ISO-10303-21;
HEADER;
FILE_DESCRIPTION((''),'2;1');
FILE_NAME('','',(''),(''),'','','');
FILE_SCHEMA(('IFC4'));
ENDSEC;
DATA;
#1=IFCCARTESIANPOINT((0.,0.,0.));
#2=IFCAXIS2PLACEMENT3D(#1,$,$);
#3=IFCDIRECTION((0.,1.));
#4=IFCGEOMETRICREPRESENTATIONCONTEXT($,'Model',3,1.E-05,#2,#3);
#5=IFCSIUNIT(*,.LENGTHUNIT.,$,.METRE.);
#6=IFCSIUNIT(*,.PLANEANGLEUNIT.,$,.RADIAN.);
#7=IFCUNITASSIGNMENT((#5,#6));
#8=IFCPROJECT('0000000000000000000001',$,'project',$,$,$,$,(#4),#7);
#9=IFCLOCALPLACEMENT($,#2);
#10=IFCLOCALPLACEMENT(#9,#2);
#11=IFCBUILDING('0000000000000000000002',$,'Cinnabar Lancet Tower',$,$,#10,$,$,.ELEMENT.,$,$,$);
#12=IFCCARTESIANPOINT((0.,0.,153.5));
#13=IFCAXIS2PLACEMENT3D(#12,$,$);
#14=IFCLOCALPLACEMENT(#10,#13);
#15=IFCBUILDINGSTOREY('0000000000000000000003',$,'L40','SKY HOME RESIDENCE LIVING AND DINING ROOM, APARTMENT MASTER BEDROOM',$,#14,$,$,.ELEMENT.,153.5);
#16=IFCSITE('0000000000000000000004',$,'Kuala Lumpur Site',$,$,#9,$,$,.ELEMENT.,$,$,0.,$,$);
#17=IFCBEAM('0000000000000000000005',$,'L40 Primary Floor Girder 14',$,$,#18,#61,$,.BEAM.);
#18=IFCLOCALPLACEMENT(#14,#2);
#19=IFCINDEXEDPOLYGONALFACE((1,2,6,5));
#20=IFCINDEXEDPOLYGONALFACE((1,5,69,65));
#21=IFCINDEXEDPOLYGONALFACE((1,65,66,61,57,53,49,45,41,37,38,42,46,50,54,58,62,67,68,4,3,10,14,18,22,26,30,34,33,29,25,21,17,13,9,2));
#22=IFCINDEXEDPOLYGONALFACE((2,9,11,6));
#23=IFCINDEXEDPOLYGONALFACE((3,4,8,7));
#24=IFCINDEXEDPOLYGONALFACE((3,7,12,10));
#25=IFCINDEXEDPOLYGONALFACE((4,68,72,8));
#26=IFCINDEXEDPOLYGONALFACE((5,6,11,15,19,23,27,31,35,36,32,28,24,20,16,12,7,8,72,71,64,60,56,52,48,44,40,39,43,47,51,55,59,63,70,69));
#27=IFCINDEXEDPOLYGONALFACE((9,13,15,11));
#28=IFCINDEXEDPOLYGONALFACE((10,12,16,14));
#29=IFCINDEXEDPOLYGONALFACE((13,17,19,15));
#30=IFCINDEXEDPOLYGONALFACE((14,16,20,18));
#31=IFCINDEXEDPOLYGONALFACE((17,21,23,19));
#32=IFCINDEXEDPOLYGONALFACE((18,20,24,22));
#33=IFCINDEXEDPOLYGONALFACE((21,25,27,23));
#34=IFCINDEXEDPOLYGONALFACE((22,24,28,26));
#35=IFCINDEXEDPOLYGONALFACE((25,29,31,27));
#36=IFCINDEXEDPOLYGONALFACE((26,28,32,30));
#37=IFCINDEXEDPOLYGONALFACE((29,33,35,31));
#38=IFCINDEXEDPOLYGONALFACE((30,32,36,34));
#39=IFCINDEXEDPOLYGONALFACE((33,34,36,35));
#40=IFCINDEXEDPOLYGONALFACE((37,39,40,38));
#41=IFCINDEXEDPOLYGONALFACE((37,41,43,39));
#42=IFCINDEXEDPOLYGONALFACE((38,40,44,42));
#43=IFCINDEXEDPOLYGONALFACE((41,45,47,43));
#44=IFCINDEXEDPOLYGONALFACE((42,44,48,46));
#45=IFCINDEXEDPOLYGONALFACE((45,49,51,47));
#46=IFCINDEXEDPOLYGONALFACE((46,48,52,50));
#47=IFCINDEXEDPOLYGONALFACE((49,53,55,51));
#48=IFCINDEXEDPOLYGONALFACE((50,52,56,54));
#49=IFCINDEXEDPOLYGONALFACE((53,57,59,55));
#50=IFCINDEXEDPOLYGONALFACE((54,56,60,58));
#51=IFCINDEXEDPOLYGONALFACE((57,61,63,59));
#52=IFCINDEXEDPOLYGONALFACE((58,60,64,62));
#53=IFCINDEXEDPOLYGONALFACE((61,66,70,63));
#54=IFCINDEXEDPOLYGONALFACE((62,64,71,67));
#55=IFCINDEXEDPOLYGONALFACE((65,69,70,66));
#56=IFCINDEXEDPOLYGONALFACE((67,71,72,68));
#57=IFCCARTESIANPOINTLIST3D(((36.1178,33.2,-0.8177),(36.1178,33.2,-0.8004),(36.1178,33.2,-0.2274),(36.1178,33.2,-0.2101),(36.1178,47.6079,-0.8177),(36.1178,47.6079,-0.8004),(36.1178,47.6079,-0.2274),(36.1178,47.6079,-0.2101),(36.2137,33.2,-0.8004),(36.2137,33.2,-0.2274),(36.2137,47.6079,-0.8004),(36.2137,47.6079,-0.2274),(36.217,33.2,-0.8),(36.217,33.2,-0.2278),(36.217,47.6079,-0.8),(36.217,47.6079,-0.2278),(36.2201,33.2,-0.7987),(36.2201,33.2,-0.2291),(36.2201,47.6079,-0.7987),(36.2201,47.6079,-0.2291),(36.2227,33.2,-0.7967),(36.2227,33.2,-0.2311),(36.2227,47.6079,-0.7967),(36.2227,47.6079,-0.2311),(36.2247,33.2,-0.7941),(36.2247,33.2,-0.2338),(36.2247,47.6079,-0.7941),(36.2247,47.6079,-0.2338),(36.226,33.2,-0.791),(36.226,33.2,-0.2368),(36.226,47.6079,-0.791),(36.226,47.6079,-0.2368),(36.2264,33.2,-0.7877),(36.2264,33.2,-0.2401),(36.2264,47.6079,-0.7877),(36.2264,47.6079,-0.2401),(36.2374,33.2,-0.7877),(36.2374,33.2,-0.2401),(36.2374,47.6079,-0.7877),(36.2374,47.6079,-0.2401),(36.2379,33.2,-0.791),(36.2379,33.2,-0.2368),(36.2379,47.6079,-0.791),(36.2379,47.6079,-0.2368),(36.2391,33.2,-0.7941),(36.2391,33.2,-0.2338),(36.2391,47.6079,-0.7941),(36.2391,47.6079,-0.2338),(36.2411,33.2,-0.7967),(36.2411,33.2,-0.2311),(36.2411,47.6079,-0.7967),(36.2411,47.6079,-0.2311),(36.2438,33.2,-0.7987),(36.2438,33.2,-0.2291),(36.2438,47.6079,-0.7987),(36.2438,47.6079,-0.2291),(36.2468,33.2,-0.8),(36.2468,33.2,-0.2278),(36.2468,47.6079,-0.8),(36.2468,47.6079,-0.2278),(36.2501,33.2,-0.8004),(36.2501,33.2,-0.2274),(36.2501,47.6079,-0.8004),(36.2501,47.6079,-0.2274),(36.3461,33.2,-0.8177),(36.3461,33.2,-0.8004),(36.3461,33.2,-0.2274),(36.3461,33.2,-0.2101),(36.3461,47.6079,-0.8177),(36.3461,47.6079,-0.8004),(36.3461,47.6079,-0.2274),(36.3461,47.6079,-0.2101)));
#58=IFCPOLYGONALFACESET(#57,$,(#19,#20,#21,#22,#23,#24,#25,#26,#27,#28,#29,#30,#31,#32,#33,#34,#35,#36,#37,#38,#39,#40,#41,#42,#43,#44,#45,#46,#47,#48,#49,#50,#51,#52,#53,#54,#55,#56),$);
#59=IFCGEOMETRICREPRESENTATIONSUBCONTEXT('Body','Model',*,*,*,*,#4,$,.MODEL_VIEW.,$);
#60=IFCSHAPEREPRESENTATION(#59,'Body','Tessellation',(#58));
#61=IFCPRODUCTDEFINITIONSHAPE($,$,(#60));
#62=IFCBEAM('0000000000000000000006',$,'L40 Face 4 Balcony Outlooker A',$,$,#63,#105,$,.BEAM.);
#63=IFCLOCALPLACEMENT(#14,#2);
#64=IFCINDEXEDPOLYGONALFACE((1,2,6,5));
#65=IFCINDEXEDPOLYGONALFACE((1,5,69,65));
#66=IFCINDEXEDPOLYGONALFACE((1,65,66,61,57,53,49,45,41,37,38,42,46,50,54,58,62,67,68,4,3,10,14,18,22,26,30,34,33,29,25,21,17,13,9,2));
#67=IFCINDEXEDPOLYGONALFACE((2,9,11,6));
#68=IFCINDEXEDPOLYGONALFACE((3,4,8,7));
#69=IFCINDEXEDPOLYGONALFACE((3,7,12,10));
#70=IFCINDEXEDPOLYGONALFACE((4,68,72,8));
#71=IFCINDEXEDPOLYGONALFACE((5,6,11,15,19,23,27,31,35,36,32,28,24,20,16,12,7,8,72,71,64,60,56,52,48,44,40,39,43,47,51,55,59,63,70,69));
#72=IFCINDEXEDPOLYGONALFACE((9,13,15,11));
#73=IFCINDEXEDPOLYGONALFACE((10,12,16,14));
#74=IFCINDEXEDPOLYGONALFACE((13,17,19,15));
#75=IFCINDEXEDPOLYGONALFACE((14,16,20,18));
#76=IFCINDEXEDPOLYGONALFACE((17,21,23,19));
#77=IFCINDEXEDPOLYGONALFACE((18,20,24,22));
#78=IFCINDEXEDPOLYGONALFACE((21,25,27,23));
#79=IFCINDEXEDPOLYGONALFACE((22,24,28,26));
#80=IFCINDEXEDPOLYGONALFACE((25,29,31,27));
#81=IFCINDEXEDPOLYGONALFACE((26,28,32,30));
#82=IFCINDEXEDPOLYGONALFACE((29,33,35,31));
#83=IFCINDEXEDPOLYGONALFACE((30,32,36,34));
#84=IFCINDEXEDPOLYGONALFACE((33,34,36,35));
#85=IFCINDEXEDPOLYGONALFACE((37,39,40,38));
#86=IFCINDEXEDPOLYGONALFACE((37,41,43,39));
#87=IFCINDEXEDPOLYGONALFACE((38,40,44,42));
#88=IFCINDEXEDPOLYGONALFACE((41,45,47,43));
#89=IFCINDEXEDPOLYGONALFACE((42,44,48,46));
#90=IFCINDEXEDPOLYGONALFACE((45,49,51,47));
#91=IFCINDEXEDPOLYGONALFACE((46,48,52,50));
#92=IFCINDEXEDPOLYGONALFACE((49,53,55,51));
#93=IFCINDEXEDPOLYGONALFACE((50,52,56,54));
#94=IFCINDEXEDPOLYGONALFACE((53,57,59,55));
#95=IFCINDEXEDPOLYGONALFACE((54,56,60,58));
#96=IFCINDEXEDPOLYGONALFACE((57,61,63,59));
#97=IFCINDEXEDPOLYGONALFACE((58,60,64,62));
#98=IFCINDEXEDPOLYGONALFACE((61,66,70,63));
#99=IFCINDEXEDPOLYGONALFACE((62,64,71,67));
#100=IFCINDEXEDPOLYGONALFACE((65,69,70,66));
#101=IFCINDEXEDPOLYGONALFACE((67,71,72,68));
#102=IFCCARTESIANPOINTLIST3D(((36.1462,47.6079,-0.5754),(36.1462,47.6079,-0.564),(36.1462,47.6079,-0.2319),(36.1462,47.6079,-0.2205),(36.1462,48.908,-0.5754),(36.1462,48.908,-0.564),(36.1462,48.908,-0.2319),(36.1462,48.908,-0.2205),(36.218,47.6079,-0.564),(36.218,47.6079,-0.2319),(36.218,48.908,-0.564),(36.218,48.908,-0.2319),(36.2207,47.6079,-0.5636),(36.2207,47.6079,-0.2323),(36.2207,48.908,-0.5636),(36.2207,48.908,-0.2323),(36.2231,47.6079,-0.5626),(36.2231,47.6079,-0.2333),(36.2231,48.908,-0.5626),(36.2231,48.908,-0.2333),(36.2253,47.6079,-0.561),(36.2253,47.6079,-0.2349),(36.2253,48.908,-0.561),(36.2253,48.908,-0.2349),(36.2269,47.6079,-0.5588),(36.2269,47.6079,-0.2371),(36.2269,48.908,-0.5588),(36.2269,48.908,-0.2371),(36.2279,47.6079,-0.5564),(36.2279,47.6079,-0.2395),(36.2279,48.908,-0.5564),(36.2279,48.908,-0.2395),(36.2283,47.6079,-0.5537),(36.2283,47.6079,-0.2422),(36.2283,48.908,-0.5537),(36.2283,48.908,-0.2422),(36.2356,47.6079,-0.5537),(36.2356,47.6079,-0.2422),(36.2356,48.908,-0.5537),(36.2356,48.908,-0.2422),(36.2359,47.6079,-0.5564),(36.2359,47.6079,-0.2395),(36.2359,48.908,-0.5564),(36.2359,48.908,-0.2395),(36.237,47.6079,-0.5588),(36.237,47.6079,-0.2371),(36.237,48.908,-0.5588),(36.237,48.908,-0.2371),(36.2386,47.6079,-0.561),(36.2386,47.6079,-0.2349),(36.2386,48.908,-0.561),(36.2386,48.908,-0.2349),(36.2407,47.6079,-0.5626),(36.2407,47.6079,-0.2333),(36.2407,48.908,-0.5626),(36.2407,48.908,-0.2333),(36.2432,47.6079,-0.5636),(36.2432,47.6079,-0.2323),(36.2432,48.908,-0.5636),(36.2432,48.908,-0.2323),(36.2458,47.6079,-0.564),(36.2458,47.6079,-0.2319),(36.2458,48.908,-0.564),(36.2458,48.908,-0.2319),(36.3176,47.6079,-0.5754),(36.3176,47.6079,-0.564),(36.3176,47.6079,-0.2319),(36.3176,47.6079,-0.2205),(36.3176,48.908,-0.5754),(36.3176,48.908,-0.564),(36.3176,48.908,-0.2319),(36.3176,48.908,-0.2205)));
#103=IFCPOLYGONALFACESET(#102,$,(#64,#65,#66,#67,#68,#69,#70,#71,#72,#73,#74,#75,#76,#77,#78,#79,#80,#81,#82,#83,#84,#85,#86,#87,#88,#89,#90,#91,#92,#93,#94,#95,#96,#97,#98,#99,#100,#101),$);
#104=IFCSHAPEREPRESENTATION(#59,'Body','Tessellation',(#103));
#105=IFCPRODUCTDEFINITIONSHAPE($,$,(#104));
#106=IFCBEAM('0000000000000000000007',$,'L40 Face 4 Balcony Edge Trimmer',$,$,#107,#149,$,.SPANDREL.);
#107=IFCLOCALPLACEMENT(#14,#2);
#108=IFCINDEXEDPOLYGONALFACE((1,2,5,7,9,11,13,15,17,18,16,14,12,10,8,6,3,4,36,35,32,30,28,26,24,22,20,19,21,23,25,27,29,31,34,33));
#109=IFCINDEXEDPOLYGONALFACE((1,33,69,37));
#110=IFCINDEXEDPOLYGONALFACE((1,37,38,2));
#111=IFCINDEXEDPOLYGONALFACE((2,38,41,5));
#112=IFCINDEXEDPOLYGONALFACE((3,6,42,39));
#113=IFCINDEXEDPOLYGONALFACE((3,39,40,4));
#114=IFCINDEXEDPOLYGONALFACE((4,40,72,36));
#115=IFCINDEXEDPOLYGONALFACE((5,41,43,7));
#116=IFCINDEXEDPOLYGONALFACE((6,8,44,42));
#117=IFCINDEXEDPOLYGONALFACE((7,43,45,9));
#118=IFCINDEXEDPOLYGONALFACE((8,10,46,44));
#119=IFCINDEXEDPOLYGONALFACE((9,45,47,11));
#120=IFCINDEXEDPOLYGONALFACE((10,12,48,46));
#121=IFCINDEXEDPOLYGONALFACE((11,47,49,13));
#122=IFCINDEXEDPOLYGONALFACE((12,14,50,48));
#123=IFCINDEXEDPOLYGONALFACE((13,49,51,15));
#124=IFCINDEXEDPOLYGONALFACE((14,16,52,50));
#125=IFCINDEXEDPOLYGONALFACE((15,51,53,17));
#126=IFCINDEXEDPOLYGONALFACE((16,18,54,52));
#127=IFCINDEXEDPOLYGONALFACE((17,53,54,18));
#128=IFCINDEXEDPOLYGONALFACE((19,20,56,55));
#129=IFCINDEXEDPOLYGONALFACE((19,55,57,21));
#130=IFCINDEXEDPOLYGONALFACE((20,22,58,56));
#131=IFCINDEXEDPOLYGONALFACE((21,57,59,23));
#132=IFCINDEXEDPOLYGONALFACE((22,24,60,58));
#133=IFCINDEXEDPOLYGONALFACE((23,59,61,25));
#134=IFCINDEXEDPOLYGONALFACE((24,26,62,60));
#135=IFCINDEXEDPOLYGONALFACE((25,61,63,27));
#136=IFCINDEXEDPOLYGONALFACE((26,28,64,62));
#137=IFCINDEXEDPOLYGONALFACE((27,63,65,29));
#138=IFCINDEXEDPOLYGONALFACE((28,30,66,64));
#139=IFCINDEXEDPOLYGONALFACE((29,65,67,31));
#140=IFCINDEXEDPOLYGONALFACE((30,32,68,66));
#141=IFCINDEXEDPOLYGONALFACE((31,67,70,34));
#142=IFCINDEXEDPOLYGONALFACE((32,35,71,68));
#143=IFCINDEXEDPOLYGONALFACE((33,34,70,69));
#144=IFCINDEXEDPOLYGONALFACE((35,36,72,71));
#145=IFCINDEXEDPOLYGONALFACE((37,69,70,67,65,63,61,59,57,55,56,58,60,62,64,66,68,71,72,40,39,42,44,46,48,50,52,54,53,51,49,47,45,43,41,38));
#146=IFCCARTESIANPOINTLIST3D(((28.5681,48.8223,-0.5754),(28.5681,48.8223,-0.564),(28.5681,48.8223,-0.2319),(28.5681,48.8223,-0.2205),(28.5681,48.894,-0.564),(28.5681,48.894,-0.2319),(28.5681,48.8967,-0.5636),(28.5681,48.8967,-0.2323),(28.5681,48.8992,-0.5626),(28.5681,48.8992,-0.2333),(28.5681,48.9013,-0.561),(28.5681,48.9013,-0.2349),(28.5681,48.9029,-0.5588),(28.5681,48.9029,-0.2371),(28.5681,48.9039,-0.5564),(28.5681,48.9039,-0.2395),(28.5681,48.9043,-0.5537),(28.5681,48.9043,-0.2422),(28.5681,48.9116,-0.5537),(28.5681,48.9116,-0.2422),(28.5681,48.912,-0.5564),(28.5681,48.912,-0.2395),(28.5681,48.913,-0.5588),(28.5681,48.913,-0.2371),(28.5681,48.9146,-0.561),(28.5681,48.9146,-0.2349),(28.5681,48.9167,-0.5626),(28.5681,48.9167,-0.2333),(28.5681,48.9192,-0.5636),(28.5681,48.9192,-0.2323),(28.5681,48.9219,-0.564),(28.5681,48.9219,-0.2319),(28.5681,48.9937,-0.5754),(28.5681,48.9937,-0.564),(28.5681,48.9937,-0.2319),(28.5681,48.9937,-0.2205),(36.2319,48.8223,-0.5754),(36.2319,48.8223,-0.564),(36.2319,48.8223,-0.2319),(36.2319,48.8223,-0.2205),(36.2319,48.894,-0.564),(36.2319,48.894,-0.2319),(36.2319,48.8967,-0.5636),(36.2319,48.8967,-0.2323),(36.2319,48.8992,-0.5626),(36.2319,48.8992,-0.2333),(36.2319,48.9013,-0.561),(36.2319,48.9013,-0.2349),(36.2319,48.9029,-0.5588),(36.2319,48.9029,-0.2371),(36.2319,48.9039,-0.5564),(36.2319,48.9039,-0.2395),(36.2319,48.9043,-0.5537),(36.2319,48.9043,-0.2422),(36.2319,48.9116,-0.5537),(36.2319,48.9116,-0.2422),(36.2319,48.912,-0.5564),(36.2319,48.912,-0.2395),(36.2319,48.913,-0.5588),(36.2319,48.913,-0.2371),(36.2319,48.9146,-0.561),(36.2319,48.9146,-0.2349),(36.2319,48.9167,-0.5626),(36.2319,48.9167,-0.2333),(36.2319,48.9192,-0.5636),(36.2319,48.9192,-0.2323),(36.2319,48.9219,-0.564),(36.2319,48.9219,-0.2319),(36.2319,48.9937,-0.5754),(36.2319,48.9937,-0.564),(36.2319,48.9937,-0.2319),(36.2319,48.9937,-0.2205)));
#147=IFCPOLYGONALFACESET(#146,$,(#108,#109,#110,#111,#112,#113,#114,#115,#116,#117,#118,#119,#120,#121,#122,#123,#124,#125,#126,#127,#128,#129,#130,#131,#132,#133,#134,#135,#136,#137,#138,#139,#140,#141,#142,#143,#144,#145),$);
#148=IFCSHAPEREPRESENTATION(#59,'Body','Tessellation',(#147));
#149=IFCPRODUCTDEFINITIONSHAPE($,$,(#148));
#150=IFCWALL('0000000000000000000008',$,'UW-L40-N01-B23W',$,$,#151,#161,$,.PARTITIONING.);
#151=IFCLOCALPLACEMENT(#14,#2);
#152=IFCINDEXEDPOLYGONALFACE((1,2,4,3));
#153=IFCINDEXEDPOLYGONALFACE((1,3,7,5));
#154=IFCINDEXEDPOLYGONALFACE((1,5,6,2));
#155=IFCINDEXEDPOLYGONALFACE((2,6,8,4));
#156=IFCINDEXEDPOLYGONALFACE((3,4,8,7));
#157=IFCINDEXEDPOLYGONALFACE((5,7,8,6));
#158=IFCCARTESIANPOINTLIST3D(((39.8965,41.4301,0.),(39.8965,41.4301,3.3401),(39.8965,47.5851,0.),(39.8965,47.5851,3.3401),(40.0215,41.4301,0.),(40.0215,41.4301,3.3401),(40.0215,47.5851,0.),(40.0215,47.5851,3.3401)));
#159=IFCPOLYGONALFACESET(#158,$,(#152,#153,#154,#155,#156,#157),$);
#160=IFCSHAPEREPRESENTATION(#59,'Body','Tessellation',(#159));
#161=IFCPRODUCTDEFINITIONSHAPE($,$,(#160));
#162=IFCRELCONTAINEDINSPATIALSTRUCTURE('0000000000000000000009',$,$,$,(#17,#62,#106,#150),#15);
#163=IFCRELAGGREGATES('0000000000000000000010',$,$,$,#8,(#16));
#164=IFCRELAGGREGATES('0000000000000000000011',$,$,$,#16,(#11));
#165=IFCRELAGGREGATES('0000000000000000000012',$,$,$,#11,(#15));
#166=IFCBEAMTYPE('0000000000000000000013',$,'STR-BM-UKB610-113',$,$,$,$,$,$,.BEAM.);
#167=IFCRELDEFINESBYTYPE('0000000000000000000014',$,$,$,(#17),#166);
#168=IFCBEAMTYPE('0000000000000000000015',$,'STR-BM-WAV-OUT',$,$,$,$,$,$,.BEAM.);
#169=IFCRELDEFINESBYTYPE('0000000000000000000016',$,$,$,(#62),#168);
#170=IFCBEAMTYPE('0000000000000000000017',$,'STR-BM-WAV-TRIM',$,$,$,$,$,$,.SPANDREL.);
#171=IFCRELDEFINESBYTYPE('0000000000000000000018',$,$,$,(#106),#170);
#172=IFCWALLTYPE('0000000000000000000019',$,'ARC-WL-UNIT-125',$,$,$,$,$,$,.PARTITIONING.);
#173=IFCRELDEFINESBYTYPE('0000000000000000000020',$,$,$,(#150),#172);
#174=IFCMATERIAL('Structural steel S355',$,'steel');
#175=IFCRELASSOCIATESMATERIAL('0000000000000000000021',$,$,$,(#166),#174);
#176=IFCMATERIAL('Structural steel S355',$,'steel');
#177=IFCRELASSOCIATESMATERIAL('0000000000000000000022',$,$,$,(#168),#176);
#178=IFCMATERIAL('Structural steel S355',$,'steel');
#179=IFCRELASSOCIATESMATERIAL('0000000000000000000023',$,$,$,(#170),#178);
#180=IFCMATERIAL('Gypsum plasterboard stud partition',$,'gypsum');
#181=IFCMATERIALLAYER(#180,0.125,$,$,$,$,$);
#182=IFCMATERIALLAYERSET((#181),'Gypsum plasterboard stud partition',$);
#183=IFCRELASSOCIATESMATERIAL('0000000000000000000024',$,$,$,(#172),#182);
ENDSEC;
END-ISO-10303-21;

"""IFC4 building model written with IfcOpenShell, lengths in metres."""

from ifc_helpers import new_model, si_unit, direction, frame, frame_2d, origin, origin_2d, place, context, subcontext, project, spatial, rectangle, i_section, extrude, material, layer, layer_set, material_profile, profile_set, type_object, element, save


model = new_model("IFC4")

# Units and contexts
model_context = context("Model", 3, precision=1e-05, world=origin(), true_north=direction((0.0, 1.0)))
body_context = subcontext(model_context, "Body", "Model", "MODEL_VIEW")
ifc_project = project(units=[si_unit("LENGTHUNIT", "METRE"), si_unit("PLANEANGLEUNIT", "RADIAN")], contexts=[model_context])

# Site, building, storey
site_placement = place(None, origin())
site = spatial("IfcSite", under=ifc_project, at=site_placement, Name="Kuala Lumpur Site", CompositionType="ELEMENT", RefElevation=0.0)
building_placement = place(site_placement, origin())
building = spatial("IfcBuilding", under=site, at=building_placement, Name="Cinnabar Lancet Tower", CompositionType="ELEMENT")
storey_placement = place(building_placement, frame((0.0, 0.0, 153.5)))
storey = spatial("IfcBuildingStorey", under=building, at=storey_placement, Name="L40", Description="SKY HOME RESIDENCE LIVING AND DINING ROOM, APARTMENT MASTER BEDROOM", CompositionType="ELEMENT", Elevation=153.5)

# Beams
ifc_material_1 = material(Name="Structural steel S355", Category="steel")
ifc_material_profile_1 = material_profile(ifc_material_1, i_section(OverallWidth=0.2283, OverallDepth=0.6077, WebThickness=0.011, FlangeThickness=0.0173, FilletRadius=0.0127, at=origin_2d()), Name="UKB 610x229x113")
ifc_profile_set_1 = profile_set([ifc_material_profile_1], Name="Structural steel S355")
beam_type_1 = type_object("IfcBeamType", Name="STR-BM-UKB610-113", PredefinedType="BEAM", material=ifc_profile_set_1)
beam_1_placement = place(storey_placement, frame((36.2319, 47.6079, -0.5139), z_axis=(0.0, -1.0, 0.0), x_axis=(1.0, 0.0, 0.0)))
element("IfcBeam", 1, at=beam_1_placement, inside=storey, type_object=beam_type_1, Name="L40 Primary Floor Girder 14", PredefinedType="BEAM", context=body_context, shape_type="SweptSolid", body=[
    extrude(i_section(OverallWidth=0.2283, OverallDepth=0.6077, WebThickness=0.011, FlangeThickness=0.0173, FilletRadius=0.0127, at=origin_2d()), origin(), (0.0, 0.0, 1.0), 14.408),
])
ifc_material_2 = material(Name="Structural steel S355", Category="steel")
ifc_material_profile_2 = material_profile(ifc_material_2, i_section(OverallWidth=0.1714, OverallDepth=0.355, WebThickness=0.0073, FlangeThickness=0.0115, FilletRadius=0.0103, at=origin_2d()), Name="UKB 356x171x51")
ifc_profile_set_2 = profile_set([ifc_material_profile_2], Name="Structural steel S355")
beam_type_2 = type_object("IfcBeamType", Name="STR-BM-WAV-OUT", PredefinedType="BEAM", material=ifc_profile_set_2)
beam_2_placement = place(storey_placement, frame((36.2319, 47.6079, -0.3979), z_axis=(0.0, 1.0, 0.0), x_axis=(-1.0, 0.0, 0.0)))
element("IfcBeam", 2, at=beam_2_placement, inside=storey, type_object=beam_type_2, Name="L40 Face 4 Balcony Outlooker A", PredefinedType="BEAM", context=body_context, shape_type="SweptSolid", body=[
    extrude(i_section(OverallWidth=0.1714, OverallDepth=0.355, WebThickness=0.0073, FlangeThickness=0.0115, FilletRadius=0.0103, at=origin_2d()), origin(), (0.0, 0.0, 1.0), 1.3),
])
ifc_material_3 = material(Name="Structural steel S355", Category="steel")
ifc_material_profile_3 = material_profile(ifc_material_3, i_section(OverallWidth=0.1714, OverallDepth=0.355, WebThickness=0.0073, FlangeThickness=0.0115, FilletRadius=0.0103, at=origin_2d()), Name="UKB 356x171x51")
ifc_profile_set_3 = profile_set([ifc_material_profile_3], Name="Structural steel S355")
beam_type_3 = type_object("IfcBeamType", Name="STR-BM-WAV-TRIM", PredefinedType="SPANDREL", material=ifc_profile_set_3)
beam_3_placement = place(storey_placement, frame((36.2319, 48.908, -0.3979), z_axis=(-1.0, 0.0, 0.0), x_axis=(0.0, -1.0, 0.0)))
element("IfcBeam", 3, at=beam_3_placement, inside=storey, type_object=beam_type_3, Name="L40 Face 4 Balcony Edge Trimmer", PredefinedType="SPANDREL", context=body_context, shape_type="SweptSolid", body=[
    extrude(i_section(OverallWidth=0.1714, OverallDepth=0.355, WebThickness=0.0073, FlangeThickness=0.0115, FilletRadius=0.0103, at=origin_2d()), origin(), (0.0, 0.0, 1.0), 7.6638),
])

# Shared definitions
ifc_material_4 = material(Name="Gypsum plasterboard stud partition", Category="gypsum")
ifc_layer_1 = layer(ifc_material_4, 0.125)
ifc_layer_set_1 = layer_set([ifc_layer_1], Name="Gypsum plasterboard stud partition")
wall_type_1 = type_object("IfcWallType", Name="ARC-WL-UNIT-125", PredefinedType="PARTITIONING", material=ifc_layer_set_1)

# Wall
wall_1_placement = place(storey_placement, frame((39.959, 41.4299, 0.0), z_axis=(0.0, 0.0, 1.0), x_axis=(0.0, 1.0, 0.0)))
element("IfcWall", 4, at=wall_1_placement, inside=storey, type_object=wall_type_1, Name="UW-L40-N01-B23W", PredefinedType="PARTITIONING", context=body_context, shape_type="SweptSolid", body=[
    extrude(rectangle(XDim=6.155, YDim=0.125, at=frame_2d((3.0776, 0.0))), origin(), (0.0, 0.0, 1.0), 3.3401),
])

save(model, "model.ifc")
